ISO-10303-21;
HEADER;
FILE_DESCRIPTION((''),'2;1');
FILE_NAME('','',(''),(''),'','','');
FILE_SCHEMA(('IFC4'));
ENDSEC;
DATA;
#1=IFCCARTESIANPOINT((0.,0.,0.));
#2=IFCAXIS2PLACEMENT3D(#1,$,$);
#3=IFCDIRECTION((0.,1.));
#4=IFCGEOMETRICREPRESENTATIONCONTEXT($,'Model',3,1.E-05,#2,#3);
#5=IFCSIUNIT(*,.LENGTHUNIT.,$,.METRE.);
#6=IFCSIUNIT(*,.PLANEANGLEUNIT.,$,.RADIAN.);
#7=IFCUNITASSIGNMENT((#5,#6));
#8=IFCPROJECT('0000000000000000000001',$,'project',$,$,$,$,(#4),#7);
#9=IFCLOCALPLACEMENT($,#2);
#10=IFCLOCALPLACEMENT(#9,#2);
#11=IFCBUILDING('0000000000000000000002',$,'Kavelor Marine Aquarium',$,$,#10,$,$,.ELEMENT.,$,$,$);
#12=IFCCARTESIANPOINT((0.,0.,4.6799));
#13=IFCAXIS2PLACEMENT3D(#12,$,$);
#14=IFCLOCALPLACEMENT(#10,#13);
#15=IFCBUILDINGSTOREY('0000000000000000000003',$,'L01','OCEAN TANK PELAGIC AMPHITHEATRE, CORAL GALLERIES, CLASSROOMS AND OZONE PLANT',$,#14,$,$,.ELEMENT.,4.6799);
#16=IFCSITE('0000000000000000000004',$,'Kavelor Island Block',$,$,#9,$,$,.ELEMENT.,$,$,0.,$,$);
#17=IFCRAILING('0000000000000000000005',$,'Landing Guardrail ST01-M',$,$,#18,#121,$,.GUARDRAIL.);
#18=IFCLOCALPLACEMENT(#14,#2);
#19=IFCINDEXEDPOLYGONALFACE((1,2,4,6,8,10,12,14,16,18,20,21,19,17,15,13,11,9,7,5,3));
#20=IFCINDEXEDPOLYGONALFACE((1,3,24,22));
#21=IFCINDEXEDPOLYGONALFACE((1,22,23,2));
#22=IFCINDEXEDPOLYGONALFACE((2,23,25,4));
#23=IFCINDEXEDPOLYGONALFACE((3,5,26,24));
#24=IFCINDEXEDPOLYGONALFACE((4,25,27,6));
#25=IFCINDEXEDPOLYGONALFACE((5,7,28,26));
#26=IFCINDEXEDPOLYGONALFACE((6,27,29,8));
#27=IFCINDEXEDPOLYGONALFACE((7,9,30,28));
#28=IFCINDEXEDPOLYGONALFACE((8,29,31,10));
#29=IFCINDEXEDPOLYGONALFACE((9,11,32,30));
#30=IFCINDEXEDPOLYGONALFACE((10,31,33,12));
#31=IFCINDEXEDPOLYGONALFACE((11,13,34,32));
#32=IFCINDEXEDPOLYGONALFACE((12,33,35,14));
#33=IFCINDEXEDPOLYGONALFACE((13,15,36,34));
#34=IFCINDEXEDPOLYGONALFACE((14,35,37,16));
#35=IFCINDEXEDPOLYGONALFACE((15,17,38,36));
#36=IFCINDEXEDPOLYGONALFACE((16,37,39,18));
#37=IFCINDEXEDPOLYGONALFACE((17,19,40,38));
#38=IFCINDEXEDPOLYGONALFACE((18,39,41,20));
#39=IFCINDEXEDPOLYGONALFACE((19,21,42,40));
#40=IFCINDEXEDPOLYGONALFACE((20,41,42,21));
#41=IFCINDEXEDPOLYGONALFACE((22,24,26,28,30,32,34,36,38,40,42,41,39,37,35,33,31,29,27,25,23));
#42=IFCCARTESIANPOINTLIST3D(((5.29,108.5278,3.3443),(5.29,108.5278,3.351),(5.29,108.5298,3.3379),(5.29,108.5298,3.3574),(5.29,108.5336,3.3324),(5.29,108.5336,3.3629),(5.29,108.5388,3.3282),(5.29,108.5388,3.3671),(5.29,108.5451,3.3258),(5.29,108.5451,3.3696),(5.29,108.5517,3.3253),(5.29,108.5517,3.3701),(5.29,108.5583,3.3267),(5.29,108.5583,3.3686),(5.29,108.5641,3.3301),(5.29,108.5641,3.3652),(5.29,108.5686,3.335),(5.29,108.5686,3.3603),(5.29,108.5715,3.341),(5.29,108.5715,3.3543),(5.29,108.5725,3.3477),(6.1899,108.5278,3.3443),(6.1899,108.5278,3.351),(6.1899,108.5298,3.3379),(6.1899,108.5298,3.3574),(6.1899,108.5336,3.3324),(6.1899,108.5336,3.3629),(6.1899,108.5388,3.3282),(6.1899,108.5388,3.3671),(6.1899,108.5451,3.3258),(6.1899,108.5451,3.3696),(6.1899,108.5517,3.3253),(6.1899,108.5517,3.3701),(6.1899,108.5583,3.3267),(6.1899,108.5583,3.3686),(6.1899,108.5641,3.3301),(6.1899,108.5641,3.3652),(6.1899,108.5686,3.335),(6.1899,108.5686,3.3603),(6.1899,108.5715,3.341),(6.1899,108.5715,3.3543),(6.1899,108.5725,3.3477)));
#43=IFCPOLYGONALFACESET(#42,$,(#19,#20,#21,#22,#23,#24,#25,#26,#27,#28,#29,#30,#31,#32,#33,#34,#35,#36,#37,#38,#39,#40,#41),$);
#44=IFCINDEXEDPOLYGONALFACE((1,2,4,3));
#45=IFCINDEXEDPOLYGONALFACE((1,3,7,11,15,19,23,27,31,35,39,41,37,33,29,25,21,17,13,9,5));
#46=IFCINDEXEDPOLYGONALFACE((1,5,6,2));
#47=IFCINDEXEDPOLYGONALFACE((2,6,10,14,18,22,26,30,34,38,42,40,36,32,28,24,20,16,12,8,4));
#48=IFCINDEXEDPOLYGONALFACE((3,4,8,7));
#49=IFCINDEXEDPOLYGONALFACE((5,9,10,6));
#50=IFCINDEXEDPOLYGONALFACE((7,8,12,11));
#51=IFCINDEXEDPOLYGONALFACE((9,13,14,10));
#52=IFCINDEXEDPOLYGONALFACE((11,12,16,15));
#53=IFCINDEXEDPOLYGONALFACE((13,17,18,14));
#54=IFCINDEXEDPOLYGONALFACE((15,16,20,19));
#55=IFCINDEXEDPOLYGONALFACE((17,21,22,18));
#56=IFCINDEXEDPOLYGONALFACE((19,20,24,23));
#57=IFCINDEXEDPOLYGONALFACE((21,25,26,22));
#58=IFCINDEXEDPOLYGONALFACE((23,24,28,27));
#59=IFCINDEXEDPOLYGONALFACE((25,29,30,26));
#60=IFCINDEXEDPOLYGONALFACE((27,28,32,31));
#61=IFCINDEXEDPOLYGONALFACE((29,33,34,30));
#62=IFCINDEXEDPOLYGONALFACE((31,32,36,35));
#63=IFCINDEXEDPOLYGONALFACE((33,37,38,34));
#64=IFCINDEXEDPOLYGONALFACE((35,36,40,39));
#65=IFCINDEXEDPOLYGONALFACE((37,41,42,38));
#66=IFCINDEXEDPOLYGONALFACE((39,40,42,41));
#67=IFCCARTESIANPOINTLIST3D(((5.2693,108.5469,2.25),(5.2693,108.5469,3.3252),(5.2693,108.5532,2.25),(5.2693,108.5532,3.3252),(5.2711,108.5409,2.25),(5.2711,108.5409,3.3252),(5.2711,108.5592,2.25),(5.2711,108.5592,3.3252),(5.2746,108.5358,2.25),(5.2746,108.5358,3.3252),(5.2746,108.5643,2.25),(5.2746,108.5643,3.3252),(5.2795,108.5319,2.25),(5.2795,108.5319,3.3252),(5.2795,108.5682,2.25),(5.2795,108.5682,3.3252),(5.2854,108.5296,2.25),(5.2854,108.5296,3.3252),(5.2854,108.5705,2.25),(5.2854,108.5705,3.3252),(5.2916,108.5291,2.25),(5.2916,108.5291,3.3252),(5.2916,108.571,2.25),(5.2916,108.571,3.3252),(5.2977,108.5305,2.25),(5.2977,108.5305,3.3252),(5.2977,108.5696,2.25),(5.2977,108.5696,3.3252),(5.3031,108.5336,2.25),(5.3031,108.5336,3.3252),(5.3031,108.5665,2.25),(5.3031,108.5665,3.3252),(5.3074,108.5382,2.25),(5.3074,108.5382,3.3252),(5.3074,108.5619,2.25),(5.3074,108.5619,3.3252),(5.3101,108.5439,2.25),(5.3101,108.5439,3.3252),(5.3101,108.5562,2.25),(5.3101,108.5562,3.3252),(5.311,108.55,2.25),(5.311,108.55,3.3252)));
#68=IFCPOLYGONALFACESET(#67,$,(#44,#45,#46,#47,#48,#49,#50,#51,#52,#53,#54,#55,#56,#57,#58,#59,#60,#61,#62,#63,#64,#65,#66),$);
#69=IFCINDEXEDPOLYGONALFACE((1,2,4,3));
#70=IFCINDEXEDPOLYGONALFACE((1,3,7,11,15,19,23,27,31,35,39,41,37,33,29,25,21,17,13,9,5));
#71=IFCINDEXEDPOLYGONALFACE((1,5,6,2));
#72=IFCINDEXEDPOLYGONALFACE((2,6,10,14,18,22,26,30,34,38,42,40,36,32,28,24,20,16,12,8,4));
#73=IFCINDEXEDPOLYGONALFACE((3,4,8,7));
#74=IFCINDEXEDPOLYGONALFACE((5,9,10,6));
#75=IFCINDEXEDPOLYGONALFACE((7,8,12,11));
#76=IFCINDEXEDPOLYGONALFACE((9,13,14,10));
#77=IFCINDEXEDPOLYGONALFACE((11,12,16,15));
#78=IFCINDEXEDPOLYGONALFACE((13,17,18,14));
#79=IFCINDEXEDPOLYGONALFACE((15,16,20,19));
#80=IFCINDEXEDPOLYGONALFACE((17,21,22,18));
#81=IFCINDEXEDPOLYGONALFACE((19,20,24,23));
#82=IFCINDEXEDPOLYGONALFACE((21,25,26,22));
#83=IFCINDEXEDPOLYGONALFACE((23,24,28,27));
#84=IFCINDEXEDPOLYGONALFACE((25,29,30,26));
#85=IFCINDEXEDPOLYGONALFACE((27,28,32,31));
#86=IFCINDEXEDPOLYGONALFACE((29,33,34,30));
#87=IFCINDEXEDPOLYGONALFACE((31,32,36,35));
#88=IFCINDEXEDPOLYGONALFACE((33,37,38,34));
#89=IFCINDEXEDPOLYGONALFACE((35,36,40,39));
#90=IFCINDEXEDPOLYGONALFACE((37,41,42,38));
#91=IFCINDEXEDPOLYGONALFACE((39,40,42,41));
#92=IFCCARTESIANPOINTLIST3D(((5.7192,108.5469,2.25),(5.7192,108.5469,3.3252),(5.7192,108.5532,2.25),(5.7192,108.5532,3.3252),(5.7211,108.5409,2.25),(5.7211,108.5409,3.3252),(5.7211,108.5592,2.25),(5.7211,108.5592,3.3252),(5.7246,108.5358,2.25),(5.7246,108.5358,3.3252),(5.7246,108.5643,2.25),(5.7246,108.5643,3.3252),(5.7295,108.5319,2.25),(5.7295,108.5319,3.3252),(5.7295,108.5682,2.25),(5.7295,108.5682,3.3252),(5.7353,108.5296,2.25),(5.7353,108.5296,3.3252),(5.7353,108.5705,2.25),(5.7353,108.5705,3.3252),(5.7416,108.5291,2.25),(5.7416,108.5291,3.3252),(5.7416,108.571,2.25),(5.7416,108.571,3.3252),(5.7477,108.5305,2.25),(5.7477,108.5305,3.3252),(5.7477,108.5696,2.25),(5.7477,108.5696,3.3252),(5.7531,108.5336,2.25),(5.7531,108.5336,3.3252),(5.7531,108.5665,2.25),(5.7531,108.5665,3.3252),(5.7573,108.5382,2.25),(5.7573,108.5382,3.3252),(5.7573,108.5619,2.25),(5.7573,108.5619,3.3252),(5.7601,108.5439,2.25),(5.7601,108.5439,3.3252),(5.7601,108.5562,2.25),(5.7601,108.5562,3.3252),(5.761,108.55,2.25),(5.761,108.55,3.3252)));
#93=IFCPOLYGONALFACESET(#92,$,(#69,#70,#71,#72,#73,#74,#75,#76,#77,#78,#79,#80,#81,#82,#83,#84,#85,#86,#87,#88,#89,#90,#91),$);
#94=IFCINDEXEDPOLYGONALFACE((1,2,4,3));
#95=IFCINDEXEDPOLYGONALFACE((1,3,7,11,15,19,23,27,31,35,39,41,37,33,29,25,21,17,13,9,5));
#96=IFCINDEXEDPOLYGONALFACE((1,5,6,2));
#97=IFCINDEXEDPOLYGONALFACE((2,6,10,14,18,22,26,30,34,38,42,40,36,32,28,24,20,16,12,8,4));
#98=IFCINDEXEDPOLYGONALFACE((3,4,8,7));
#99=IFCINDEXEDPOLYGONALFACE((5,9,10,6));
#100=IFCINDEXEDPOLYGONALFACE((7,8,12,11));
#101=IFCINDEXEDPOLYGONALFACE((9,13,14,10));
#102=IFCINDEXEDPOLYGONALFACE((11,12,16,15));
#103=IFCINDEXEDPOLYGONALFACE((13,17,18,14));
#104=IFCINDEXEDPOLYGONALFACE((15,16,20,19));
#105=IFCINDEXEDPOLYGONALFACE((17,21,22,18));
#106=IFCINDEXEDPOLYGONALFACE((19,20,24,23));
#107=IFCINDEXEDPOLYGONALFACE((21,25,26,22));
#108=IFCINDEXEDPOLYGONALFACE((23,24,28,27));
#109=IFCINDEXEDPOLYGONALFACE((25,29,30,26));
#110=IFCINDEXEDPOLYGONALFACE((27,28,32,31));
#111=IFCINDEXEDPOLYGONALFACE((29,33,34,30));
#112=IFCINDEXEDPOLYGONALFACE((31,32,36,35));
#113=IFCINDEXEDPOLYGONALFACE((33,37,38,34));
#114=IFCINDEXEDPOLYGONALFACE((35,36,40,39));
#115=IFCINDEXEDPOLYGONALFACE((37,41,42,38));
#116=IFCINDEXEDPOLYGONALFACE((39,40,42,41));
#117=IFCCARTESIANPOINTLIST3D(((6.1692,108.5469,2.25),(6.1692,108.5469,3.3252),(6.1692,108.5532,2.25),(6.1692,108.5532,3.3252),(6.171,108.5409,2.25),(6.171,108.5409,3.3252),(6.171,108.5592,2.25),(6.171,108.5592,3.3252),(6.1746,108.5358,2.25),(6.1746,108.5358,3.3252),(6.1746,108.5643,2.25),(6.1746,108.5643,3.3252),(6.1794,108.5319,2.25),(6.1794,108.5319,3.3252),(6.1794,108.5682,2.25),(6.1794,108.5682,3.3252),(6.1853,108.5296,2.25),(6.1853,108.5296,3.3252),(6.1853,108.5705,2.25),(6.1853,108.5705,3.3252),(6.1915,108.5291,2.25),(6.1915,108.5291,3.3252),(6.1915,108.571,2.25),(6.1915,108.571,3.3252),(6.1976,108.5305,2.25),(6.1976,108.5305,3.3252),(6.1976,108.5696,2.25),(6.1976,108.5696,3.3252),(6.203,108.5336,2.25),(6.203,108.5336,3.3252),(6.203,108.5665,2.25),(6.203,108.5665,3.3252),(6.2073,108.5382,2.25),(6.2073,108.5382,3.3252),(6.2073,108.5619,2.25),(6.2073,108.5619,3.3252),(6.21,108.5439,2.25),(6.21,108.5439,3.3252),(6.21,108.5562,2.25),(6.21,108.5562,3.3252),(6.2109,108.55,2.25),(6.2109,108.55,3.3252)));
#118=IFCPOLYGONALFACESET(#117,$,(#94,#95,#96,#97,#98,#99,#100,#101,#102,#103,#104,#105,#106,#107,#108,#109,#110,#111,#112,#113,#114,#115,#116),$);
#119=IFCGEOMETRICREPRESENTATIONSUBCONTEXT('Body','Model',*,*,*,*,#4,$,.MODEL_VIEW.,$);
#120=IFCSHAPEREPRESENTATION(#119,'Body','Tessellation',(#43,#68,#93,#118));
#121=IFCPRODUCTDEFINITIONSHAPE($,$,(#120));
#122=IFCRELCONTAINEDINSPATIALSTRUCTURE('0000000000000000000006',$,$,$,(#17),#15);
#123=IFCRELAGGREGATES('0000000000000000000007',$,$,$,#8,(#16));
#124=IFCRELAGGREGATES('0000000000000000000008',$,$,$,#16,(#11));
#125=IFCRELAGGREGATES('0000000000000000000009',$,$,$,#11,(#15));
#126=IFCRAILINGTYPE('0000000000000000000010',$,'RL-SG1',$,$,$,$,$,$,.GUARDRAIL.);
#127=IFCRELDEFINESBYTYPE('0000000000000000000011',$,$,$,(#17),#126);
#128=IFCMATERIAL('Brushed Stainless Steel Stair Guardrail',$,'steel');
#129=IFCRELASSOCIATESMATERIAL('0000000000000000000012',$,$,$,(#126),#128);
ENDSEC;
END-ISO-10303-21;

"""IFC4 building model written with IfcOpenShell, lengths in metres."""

from ifc_helpers import new_model, si_unit, direction, frame, origin, origin_2d, place, context, subcontext, project, spatial, circle, extrude, material, type_object, element, save


model = new_model("IFC4")

# Units and contexts
model_context = context("Model", 3, precision=1e-05, world=origin(), true_north=direction((0.0, 1.0)))
body_context = subcontext(model_context, "Body", "Model", "MODEL_VIEW")
ifc_project = project(units=[si_unit("LENGTHUNIT", "METRE"), si_unit("PLANEANGLEUNIT", "RADIAN")], contexts=[model_context])

# Site, building, storey
site_placement = place(None, origin())
site = spatial("IfcSite", under=ifc_project, at=site_placement, Name="Kavelor Island Block", CompositionType="ELEMENT", RefElevation=0.0)
building_placement = place(site_placement, origin())
building = spatial("IfcBuilding", under=site, at=building_placement, Name="Kavelor Marine Aquarium", CompositionType="ELEMENT")
storey_placement = place(building_placement, frame((0.0, 0.0, 4.6799)))
storey = spatial("IfcBuildingStorey", under=building, at=storey_placement, Name="L01", Description="OCEAN TANK PELAGIC AMPHITHEATRE, CORAL GALLERIES, CLASSROOMS AND OZONE PLANT", CompositionType="ELEMENT", Elevation=4.6799)

# Railing
ifc_material_1 = material(Name="Brushed Stainless Steel Stair Guardrail", Category="steel")
railing_type_1 = type_object("IfcRailingType", Name="RL-SG1", PredefinedType="GUARDRAIL", material=ifc_material_1)
railing_1_placement = place(storey_placement, frame((5.29, 108.55, 2.25)))
element("IfcRailing", 1, at=railing_1_placement, inside=storey, type_object=railing_type_1, Name="Landing Guardrail ST01-M", PredefinedType="GUARDRAIL", context=body_context, shape_type="SweptSolid", body=[
    extrude(circle(Radius=0.0225, at=origin_2d()), frame((0.0, 0.0, 1.0977), z_axis=(1.0, 0.0, 0.0), x_axis=(0.0, 1.0, 0.0)), (0.0, 0.0, 1.0), 0.8999),
    extrude(circle(Radius=0.021, at=origin_2d()), origin(), (0.0, 0.0, 1.0), 1.0752),
    extrude(circle(Radius=0.021, at=origin_2d()), frame((0.45, 0.0, 0.0)), (0.0, 0.0, 1.0), 1.0752),
    extrude(circle(Radius=0.021, at=origin_2d()), frame((0.8999, 0.0, 0.0)), (0.0, 0.0, 1.0), 1.0752),
])

save(model, "model.ifc")
